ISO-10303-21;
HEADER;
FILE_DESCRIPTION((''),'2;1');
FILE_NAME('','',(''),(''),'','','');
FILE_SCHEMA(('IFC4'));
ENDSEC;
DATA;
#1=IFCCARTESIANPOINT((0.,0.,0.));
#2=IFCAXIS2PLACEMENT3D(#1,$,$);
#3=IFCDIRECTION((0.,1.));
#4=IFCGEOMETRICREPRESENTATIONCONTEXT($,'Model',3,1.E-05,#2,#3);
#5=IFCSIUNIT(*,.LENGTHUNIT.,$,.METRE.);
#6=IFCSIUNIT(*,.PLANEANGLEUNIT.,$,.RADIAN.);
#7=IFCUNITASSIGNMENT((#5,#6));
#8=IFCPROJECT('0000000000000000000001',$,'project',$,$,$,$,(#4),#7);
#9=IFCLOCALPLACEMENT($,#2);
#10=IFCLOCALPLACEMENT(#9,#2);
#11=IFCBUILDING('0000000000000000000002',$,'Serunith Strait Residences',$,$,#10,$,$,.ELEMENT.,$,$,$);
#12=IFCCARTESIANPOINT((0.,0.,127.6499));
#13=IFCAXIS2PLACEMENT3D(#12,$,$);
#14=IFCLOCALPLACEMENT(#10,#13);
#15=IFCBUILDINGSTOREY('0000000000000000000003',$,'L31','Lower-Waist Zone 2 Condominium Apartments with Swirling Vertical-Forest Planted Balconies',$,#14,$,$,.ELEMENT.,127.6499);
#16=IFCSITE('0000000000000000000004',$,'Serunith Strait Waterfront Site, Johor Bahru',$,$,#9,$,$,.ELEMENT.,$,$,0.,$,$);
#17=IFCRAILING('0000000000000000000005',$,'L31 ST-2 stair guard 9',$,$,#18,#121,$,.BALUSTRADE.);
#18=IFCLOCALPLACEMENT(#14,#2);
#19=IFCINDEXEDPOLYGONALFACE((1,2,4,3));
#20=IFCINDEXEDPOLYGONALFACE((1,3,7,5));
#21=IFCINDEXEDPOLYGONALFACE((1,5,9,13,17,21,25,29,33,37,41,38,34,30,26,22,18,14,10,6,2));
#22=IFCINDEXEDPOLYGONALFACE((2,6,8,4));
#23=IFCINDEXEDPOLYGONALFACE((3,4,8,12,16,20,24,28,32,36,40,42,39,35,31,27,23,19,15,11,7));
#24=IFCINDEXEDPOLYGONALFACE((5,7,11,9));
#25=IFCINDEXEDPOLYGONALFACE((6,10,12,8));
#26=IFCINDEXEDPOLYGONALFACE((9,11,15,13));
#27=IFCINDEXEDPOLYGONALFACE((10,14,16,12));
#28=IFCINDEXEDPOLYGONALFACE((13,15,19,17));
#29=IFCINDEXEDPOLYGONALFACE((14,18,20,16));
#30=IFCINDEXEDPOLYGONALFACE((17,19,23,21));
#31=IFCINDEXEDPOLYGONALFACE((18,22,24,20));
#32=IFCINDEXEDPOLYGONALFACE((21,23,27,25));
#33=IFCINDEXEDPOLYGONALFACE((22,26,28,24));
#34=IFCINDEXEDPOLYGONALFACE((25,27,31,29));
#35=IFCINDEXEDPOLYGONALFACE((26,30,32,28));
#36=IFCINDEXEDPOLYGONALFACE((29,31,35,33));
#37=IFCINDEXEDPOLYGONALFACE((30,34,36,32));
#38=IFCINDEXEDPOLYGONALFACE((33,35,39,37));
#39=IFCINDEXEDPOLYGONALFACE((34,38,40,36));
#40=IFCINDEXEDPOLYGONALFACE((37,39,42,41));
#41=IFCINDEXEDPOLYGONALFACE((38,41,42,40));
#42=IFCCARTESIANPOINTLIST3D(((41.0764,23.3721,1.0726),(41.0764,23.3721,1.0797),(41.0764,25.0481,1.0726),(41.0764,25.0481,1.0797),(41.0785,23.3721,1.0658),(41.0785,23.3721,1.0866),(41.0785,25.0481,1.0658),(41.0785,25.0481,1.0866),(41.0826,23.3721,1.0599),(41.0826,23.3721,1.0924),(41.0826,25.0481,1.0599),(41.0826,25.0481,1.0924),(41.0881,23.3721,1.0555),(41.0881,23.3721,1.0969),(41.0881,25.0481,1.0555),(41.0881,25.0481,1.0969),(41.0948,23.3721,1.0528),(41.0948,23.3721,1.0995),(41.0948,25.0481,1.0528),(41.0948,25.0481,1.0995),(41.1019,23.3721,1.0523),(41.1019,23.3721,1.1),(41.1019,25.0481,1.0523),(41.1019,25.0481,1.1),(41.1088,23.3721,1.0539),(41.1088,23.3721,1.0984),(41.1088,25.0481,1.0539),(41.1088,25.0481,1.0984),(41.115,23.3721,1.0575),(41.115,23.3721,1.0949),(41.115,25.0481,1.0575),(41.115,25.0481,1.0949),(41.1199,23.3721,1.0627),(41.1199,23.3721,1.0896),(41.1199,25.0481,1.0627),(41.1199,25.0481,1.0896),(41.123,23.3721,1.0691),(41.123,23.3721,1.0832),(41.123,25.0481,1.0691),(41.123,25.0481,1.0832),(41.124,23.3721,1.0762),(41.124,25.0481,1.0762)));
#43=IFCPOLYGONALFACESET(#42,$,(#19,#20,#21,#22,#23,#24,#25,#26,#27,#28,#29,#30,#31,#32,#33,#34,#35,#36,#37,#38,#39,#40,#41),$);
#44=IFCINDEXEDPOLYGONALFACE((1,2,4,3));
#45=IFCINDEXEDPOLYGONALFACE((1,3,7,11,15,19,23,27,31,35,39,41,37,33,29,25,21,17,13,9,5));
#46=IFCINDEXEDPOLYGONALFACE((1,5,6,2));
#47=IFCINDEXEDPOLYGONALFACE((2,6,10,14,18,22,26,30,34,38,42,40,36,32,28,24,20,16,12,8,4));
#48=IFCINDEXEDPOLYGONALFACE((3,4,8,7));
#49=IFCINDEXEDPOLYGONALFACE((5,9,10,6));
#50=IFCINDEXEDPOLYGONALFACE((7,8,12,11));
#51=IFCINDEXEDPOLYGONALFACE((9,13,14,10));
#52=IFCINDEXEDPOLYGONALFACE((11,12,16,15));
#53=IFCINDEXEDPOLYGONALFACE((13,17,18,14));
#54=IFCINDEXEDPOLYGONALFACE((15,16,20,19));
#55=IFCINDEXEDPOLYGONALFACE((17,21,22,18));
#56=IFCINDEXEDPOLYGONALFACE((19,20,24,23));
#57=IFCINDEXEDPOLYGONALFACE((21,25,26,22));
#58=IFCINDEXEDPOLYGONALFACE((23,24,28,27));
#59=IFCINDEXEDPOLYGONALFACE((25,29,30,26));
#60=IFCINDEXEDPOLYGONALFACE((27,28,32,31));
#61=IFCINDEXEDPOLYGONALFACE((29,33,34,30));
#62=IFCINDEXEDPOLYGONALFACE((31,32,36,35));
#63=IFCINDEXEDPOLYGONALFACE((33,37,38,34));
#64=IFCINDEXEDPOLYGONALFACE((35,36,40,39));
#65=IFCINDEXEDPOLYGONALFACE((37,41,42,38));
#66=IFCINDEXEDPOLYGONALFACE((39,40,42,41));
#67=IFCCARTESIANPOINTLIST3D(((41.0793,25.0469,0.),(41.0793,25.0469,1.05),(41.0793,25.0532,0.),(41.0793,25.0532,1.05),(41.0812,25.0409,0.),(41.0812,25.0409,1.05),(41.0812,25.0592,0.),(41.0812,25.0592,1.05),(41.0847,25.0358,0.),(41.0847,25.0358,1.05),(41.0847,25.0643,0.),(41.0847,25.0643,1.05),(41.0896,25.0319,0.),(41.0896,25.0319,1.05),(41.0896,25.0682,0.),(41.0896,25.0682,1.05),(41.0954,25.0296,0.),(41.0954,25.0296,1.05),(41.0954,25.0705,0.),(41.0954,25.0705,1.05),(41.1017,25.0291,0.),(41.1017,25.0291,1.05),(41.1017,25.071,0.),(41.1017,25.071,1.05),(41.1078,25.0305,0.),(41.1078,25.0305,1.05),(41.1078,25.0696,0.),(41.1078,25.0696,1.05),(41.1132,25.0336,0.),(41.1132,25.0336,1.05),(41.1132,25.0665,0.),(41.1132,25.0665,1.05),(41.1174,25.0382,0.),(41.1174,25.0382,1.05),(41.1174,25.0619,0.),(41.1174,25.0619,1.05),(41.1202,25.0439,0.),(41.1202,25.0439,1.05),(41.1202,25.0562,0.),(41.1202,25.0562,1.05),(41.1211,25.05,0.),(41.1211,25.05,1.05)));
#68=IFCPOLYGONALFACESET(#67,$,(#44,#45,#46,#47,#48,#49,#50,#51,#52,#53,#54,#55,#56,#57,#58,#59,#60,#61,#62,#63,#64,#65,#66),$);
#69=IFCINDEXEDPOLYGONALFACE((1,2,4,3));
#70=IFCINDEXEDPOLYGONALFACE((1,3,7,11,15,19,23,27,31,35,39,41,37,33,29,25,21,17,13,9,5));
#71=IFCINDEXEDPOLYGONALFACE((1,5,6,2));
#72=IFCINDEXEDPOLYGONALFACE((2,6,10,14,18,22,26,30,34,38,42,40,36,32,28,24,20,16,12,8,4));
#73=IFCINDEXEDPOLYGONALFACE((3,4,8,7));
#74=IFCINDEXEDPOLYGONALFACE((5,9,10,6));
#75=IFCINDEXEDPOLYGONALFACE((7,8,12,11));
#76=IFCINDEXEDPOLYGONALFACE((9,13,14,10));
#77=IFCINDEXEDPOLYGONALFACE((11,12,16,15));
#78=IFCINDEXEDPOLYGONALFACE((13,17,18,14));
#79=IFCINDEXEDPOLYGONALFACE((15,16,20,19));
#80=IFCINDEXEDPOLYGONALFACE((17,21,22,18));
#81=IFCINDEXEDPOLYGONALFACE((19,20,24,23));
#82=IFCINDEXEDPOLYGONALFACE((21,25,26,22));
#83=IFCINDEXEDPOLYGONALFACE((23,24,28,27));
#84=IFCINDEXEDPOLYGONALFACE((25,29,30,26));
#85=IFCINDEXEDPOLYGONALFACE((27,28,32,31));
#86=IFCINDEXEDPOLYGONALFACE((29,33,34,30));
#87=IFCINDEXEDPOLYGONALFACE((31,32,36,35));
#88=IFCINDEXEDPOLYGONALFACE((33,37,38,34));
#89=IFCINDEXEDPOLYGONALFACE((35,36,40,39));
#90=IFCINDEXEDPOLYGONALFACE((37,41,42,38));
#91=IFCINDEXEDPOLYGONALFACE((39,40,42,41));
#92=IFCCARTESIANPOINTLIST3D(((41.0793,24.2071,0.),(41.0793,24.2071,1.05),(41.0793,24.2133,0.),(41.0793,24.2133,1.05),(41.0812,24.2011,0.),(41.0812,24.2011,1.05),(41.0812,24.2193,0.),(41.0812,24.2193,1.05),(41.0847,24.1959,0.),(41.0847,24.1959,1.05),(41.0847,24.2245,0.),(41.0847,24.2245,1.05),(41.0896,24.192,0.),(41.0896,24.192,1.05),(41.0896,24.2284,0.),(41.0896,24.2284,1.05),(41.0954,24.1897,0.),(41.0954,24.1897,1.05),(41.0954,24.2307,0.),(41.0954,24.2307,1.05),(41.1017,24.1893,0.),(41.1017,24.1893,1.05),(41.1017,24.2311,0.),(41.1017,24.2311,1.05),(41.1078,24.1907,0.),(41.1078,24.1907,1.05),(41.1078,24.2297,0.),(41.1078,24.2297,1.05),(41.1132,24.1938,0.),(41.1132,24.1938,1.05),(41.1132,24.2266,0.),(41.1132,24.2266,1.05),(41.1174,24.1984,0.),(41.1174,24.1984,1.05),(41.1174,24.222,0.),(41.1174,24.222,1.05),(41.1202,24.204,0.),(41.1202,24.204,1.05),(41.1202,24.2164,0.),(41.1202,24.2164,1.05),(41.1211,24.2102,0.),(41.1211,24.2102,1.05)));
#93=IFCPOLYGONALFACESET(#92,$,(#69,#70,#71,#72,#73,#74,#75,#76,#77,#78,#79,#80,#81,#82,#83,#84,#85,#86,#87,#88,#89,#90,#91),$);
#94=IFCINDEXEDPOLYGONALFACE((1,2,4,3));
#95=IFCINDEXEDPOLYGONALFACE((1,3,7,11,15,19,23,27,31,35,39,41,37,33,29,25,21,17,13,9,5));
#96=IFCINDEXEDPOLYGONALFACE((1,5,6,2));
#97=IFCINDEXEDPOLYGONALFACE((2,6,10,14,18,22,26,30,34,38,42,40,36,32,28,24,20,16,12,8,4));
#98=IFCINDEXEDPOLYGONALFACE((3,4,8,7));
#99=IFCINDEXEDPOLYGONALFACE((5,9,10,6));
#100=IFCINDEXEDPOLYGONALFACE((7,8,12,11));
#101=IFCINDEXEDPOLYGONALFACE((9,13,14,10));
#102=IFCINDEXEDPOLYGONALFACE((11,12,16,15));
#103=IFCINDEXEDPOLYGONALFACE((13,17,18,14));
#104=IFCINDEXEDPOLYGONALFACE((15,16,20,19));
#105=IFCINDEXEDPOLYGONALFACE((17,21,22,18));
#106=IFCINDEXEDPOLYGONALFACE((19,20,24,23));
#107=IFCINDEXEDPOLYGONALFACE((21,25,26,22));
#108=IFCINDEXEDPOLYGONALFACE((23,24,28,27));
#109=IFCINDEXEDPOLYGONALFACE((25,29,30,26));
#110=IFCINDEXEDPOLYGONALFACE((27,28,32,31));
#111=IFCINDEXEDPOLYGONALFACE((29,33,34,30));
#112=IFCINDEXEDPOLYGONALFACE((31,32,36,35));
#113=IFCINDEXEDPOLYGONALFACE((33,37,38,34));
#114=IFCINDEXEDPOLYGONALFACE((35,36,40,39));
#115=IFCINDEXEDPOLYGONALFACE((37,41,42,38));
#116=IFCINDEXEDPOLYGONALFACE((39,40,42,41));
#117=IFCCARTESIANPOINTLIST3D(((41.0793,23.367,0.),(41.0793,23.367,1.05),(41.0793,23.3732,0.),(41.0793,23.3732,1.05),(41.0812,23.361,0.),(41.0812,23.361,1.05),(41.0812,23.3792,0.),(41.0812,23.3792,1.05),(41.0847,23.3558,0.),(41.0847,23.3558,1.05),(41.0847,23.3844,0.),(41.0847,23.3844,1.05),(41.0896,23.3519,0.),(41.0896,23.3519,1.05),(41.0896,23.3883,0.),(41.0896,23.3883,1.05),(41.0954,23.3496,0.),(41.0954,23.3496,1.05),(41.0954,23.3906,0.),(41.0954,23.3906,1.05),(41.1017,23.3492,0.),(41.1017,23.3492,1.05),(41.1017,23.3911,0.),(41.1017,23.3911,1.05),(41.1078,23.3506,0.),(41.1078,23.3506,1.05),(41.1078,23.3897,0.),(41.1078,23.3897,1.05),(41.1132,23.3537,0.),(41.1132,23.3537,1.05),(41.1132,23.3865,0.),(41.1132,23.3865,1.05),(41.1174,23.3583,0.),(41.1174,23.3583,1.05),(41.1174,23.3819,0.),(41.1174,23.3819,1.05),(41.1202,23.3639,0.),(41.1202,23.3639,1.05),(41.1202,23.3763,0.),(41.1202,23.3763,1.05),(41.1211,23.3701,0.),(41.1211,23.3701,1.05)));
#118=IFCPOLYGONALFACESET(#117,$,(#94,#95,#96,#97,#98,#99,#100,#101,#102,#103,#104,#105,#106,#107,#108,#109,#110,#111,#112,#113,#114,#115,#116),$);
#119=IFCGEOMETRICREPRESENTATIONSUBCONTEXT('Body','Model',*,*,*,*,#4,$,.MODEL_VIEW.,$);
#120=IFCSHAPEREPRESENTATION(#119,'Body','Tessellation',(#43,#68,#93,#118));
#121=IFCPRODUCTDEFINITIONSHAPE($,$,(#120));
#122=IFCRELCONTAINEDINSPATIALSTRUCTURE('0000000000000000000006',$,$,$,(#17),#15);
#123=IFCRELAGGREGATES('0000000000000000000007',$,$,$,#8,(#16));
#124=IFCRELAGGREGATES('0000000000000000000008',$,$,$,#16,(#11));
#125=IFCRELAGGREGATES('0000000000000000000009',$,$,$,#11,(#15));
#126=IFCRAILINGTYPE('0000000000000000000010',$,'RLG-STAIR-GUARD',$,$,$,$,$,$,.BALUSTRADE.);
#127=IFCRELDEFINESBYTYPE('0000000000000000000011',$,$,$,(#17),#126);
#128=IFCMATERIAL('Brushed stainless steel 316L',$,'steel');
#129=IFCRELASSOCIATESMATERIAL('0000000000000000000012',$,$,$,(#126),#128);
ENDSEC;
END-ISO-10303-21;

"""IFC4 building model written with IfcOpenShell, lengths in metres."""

from ifc_helpers import new_model, si_unit, direction, frame, origin, origin_2d, place, context, subcontext, project, spatial, circle, extrude, material, type_object, element, save


model = new_model("IFC4")

# Units and contexts
model_context = context("Model", 3, precision=1e-05, world=origin(), true_north=direction((0.0, 1.0)))
body_context = subcontext(model_context, "Body", "Model", "MODEL_VIEW")
ifc_project = project(units=[si_unit("LENGTHUNIT", "METRE"), si_unit("PLANEANGLEUNIT", "RADIAN")], contexts=[model_context])

# Site, building, storey
site_placement = place(None, origin())
site = spatial("IfcSite", under=ifc_project, at=site_placement, Name="Serunith Strait Waterfront Site, Johor Bahru", CompositionType="ELEMENT", RefElevation=0.0)
building_placement = place(site_placement, origin())
building = spatial("IfcBuilding", under=site, at=building_placement, Name="Serunith Strait Residences", CompositionType="ELEMENT")
storey_placement = place(building_placement, frame((0.0, 0.0, 127.6499)))
storey = spatial("IfcBuildingStorey", under=building, at=storey_placement, Name="L31", Description="Lower-Waist Zone 2 Condominium Apartments with Swirling Vertical-Forest Planted Balconies", CompositionType="ELEMENT", Elevation=127.6499)

# Railing
ifc_material_1 = material(Name="Brushed stainless steel 316L", Category="steel")
railing_type = type_object("IfcRailingType", Name="RLG-STAIR-GUARD", PredefinedType="BALUSTRADE", material=ifc_material_1)
for number, where, name in (
    (1, (41.1001, 25.05, 0.0), "L31 ST-2 stair guard 9"),
):
    element("IfcRailing", number, at=place(storey_placement, frame(where)), inside=storey, type_object=railing_type, Name=name, PredefinedType="BALUSTRADE", context=body_context, shape_type="SweptSolid", body=[
        extrude(circle(Radius=0.0239, at=origin_2d()), frame((0.0, -0.002, 1.0762), z_axis=(0.0, -1.0, 0.0), x_axis=(1.0, 0.0, 0.0)), (0.0, 0.0, 1.0), 1.676),
        extrude(circle(Radius=0.021, at=origin_2d()), origin(), (0.0, 0.0, 1.0), 1.05),
        extrude(circle(Radius=0.021, at=origin_2d()), frame((0.0, -0.8398, 0.0)), (0.0, 0.0, 1.0), 1.05),
        extrude(circle(Radius=0.021, at=origin_2d()), frame((0.0, -1.6799, 0.0)), (0.0, 0.0, 1.0), 1.05),
    ])

save(model, "model.ifc")
